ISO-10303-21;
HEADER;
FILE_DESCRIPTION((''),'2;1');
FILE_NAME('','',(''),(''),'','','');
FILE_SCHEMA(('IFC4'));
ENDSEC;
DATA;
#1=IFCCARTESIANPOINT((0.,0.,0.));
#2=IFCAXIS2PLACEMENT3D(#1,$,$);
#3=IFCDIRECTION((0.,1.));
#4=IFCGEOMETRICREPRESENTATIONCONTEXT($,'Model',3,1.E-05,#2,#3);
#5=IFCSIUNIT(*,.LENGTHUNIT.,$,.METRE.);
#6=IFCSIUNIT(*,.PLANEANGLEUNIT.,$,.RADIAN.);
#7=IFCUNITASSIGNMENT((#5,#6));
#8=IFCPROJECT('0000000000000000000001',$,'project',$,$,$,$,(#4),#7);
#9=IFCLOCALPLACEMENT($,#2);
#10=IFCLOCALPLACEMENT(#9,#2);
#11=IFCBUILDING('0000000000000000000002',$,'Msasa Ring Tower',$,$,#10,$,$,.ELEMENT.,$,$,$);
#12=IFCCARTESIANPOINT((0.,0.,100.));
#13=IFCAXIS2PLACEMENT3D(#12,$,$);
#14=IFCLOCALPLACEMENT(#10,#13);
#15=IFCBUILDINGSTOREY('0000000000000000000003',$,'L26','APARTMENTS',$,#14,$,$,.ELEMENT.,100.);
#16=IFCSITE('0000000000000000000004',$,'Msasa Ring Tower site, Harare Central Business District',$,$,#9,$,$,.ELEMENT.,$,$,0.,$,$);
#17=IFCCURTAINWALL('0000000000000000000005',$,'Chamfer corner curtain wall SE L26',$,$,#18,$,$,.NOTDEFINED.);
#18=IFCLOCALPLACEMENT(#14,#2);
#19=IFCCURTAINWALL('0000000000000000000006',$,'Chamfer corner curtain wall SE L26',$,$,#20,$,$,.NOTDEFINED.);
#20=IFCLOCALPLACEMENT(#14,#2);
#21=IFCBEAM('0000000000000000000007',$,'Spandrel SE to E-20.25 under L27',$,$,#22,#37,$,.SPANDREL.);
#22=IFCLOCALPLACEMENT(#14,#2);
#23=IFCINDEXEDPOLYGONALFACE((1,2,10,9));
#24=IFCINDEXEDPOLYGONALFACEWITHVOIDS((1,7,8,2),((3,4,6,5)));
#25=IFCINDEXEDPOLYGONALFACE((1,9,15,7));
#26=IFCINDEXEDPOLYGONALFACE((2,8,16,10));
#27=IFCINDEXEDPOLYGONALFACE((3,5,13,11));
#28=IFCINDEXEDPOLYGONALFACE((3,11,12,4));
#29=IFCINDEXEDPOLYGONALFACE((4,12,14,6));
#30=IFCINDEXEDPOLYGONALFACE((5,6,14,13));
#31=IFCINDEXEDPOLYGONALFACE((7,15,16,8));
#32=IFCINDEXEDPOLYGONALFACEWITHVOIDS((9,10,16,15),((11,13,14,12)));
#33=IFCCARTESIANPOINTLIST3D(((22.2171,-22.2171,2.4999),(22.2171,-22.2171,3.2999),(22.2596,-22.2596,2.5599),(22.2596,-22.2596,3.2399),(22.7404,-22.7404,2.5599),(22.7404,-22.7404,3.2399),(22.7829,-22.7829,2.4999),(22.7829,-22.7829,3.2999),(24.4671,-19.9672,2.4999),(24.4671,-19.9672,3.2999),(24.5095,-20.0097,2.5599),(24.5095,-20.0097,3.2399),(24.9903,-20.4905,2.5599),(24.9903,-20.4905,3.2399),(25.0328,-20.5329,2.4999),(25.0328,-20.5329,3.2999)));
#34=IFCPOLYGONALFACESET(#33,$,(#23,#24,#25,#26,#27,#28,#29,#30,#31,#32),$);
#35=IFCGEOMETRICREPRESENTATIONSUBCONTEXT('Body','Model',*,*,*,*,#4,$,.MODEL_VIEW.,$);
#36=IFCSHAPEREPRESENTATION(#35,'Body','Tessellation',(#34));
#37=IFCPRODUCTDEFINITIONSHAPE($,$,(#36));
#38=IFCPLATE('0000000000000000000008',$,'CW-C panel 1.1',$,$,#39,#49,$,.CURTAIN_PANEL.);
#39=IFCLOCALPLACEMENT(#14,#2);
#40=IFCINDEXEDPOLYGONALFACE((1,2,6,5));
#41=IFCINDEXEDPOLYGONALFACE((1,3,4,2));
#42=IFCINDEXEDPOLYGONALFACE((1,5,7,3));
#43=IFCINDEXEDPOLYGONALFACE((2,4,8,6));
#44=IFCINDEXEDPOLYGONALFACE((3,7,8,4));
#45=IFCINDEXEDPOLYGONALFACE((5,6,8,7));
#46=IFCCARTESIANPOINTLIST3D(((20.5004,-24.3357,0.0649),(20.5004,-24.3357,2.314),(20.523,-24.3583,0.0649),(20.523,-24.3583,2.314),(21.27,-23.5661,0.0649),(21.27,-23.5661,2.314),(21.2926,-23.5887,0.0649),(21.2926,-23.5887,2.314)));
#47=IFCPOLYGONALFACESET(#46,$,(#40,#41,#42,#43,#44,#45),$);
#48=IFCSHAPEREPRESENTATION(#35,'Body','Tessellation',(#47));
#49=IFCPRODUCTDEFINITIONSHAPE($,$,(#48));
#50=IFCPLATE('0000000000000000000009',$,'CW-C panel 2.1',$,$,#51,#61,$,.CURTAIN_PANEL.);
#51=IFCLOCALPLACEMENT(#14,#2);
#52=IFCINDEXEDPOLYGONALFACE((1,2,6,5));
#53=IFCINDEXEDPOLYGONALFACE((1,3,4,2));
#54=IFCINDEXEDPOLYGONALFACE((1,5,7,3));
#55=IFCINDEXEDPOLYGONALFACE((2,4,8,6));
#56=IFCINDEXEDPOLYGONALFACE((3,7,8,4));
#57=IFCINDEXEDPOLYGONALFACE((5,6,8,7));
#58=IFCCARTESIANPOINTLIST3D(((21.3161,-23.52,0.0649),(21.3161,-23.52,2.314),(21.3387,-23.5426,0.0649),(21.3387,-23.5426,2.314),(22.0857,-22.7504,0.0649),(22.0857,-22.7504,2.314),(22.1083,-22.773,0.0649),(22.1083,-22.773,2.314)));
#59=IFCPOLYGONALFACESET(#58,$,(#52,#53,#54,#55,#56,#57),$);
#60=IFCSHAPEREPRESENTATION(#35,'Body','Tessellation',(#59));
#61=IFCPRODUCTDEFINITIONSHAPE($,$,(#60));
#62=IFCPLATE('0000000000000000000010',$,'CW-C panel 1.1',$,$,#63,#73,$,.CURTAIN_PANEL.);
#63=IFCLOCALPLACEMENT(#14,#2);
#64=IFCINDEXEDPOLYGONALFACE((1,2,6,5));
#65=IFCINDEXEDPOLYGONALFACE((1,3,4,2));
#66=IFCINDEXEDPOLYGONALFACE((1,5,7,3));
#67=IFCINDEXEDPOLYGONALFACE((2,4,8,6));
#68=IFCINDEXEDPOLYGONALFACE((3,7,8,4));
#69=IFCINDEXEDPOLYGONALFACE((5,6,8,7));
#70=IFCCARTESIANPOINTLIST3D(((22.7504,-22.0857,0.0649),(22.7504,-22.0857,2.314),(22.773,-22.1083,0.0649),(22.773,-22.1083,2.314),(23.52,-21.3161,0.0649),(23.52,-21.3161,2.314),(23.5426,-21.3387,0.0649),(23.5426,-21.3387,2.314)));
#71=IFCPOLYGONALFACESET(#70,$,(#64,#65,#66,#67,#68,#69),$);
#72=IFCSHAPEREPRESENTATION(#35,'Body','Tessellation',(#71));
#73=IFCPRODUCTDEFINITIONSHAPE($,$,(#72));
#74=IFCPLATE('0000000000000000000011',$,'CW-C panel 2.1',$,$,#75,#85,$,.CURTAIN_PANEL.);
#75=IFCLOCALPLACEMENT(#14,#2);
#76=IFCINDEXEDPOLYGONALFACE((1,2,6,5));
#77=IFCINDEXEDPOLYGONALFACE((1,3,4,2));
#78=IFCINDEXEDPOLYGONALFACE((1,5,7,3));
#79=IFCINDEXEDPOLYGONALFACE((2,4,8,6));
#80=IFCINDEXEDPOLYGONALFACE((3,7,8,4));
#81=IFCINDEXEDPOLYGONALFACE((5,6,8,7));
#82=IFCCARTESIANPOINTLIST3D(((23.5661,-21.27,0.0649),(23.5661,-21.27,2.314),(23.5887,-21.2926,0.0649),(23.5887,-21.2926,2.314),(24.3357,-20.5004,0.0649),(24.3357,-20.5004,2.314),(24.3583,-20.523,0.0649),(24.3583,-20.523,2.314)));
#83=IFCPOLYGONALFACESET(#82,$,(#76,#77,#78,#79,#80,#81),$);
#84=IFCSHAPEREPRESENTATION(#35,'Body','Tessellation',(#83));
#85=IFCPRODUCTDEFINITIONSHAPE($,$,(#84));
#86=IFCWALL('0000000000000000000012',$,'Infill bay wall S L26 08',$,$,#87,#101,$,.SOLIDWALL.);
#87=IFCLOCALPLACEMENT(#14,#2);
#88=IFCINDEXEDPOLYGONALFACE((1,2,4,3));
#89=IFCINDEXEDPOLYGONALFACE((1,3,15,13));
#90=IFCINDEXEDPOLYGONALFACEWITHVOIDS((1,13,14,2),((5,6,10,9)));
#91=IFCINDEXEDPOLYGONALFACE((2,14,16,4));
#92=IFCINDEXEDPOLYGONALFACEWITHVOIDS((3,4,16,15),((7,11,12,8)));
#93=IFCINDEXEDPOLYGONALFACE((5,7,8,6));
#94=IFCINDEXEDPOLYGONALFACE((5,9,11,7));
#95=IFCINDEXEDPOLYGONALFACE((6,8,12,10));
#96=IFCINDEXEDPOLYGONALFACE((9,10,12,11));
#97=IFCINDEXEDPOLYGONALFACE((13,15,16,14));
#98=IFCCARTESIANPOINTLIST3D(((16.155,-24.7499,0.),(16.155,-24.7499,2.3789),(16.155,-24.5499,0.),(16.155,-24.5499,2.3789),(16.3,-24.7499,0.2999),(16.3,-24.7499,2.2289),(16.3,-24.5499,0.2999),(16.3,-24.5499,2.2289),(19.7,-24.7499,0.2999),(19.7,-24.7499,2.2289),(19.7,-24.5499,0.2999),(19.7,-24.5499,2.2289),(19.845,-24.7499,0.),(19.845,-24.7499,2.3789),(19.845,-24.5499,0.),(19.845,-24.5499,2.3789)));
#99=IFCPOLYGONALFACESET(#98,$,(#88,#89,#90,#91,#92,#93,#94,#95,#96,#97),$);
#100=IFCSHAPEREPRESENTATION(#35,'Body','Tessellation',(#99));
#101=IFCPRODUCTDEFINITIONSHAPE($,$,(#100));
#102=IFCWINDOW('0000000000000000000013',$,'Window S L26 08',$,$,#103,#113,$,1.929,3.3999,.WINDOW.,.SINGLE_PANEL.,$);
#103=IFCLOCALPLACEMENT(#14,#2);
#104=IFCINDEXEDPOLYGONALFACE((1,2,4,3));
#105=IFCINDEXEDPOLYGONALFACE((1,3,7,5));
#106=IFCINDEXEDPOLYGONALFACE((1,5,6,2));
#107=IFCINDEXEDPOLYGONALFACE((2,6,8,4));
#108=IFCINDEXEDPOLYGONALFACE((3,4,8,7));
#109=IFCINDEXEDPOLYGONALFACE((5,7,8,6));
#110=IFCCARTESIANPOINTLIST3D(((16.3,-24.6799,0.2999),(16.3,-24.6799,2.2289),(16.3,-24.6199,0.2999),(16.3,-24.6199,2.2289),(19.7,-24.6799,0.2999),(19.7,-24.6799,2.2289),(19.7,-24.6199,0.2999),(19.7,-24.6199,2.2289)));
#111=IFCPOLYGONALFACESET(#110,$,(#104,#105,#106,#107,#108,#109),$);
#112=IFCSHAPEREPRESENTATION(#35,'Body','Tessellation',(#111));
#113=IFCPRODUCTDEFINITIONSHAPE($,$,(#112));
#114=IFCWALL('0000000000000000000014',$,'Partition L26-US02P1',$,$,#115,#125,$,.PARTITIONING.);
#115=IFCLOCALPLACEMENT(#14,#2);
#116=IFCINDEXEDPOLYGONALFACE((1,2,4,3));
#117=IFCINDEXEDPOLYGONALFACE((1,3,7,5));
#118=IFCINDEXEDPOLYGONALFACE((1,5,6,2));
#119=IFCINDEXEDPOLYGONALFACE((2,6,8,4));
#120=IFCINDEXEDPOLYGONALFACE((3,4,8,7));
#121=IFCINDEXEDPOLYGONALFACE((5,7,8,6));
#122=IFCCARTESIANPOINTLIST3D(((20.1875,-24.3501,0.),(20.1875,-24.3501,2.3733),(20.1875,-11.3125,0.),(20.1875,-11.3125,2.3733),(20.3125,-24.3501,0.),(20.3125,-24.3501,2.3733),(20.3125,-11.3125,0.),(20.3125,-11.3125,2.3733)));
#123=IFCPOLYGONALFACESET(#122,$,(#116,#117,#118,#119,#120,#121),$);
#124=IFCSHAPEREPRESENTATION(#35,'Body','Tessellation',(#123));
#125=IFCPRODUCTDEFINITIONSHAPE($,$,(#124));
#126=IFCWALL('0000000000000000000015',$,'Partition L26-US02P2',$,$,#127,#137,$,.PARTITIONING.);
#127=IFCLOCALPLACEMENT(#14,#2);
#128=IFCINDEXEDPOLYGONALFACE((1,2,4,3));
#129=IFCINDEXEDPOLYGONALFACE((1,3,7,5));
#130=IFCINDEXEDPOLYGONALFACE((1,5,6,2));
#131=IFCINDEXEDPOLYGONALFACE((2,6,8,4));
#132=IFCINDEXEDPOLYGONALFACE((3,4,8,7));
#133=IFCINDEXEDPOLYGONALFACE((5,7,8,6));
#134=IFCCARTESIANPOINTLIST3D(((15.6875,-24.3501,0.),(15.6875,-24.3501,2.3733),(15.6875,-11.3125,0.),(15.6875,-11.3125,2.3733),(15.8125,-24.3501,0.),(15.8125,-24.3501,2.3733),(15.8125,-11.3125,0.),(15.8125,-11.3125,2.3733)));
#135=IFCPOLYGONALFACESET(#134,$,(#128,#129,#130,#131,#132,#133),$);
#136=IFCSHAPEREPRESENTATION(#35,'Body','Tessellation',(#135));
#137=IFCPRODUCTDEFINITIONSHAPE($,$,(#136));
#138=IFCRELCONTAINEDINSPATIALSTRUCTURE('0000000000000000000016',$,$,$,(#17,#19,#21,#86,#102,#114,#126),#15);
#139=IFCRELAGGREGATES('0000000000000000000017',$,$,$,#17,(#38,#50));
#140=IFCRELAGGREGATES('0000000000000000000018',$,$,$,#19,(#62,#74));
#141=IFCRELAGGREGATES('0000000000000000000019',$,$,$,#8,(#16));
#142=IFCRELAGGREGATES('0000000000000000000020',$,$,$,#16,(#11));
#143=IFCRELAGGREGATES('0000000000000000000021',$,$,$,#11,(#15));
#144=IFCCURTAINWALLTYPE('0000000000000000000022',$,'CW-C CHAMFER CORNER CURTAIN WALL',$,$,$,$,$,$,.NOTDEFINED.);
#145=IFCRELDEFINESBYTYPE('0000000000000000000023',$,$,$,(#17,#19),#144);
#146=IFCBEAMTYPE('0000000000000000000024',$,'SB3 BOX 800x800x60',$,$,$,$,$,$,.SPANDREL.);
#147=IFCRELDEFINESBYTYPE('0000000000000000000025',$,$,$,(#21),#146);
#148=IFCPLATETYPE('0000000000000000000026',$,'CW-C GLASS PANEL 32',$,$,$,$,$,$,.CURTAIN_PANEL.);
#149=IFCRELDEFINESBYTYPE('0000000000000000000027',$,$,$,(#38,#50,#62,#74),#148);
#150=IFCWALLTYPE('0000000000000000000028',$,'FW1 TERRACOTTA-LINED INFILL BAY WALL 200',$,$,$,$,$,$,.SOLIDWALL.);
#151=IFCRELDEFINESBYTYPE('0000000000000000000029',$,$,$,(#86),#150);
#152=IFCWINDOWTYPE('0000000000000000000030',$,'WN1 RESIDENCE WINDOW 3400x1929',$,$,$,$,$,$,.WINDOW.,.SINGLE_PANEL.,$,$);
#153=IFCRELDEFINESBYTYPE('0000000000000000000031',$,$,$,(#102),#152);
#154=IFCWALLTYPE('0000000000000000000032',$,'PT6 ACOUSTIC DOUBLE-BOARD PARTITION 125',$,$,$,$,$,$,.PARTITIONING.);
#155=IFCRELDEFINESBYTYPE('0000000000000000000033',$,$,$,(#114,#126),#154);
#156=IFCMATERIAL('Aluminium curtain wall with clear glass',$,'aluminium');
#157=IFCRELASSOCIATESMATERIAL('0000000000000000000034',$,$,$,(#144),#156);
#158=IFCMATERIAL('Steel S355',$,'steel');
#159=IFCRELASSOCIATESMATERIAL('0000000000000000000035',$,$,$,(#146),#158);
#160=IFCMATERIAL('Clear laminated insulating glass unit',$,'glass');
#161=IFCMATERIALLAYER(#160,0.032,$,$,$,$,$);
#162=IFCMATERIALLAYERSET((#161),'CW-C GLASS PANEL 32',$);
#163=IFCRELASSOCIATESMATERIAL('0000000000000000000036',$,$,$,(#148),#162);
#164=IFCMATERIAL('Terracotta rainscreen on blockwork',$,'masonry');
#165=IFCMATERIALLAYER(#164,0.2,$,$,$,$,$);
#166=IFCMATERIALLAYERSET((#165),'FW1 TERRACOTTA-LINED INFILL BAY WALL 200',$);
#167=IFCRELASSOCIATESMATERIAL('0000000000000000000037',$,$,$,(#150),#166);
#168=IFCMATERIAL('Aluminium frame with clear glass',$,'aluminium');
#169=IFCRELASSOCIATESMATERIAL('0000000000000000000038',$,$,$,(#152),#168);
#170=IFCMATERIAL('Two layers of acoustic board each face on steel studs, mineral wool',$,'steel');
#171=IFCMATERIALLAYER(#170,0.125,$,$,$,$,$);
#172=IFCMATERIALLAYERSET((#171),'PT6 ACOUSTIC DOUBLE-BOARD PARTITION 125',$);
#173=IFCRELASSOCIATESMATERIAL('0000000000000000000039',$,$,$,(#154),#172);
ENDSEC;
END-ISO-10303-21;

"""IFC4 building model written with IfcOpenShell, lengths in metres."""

from ifc_helpers import new_model, si_unit, direction, frame, frame_2d, origin, origin_2d, place, context, subcontext, project, spatial, rectangle, hollow_rectangle, extrude, material, layer, layer_set, material_profile, profile_set, type_object, element, fill, aggregate, save


model = new_model("IFC4")

# Units and contexts
model_context = context("Model", 3, precision=1e-05, world=origin(), true_north=direction((0.0, 1.0)))
body_context = subcontext(model_context, "Body", "Model", "MODEL_VIEW")
ifc_project = project(units=[si_unit("LENGTHUNIT", "METRE"), si_unit("PLANEANGLEUNIT", "RADIAN")], contexts=[model_context])

# Site, building, storey
site_placement = place(None, origin())
site = spatial("IfcSite", under=ifc_project, at=site_placement, Name="Msasa Ring Tower site, Harare Central Business District", CompositionType="ELEMENT", RefElevation=0.0)
building_placement = place(site_placement, origin())
building = spatial("IfcBuilding", under=site, at=building_placement, Name="Msasa Ring Tower", CompositionType="ELEMENT")
storey_placement = place(building_placement, frame((0.0, 0.0, 100.0)))
storey = spatial("IfcBuildingStorey", under=building, at=storey_placement, Name="L26", Description="APARTMENTS", CompositionType="ELEMENT", Elevation=100.0)

# Curtain walls
ifc_material_1 = material(Name="Aluminium curtain wall with clear glass", Category="aluminium")
curtain_wall_type = type_object("IfcCurtainWallType", Name="CW-C CHAMFER CORNER CURTAIN WALL", PredefinedType="NOTDEFINED", material=ifc_material_1)
curtain_wall_1_placement = place(storey_placement, origin())
curtain_wall_1 = element("IfcCurtainWall", 1, at=curtain_wall_1_placement, inside=storey, type_object=curtain_wall_type, Name="Chamfer corner curtain wall SE L26", PredefinedType="NOTDEFINED")
curtain_wall_2_placement = place(storey_placement, origin())
curtain_wall_2 = element("IfcCurtainWall", 2, at=curtain_wall_2_placement, inside=storey, type_object=curtain_wall_type, Name="Chamfer corner curtain wall SE L26", PredefinedType="NOTDEFINED")

# Beam
ifc_material_2 = material(Name="Steel S355", Category="steel")
ifc_material_profile_1 = material_profile(ifc_material_2, hollow_rectangle(XDim=0.8, YDim=0.8, WallThickness=0.0601, at=origin_2d()), Name="BOX 800x800x60")
ifc_profile_set_1 = profile_set([ifc_material_profile_1], Name="Steel S355")
beam_type_1 = type_object("IfcBeamType", Name="SB3 BOX 800x800x60", PredefinedType="SPANDREL", material=ifc_profile_set_1)
for number, where, z_axis, x_axis, name in (
    (3, (22.5, -22.5, 2.8999), (0.707107, 0.707107, 0.0), (-0.707107, 0.707107, 0.0), "Spandrel SE to E-20.25 under L27"),
):
    element("IfcBeam", number, at=place(storey_placement, frame(where, z_axis=z_axis, x_axis=x_axis)), inside=storey, type_object=beam_type_1, Name=name, PredefinedType="SPANDREL", context=body_context, shape_type="SweptSolid", body=[
        extrude(hollow_rectangle(XDim=0.8, YDim=0.8, WallThickness=0.0601, at=origin_2d()), origin(), (0.0, 0.0, 1.0), 3.1819),
    ])

# Plates
ifc_material_3 = material(Name="Clear laminated insulating glass unit", Category="glass")
ifc_layer_1 = layer(ifc_material_3, 0.032)
ifc_layer_set_1 = layer_set([ifc_layer_1], Name="CW-C GLASS PANEL 32")
plate_type = type_object("IfcPlateType", Name="CW-C GLASS PANEL 32", PredefinedType="CURTAIN_PANEL", material=ifc_layer_set_1)
plate_1_placement = place(storey_placement, frame((20.8965, -23.9622, 0.0649), z_axis=(0.0, 0.0, 1.0), x_axis=(0.707107, 0.707107, 0.0)))
plate_1 = element("IfcPlate", 4, at=plate_1_placement, type_object=plate_type, Name="CW-C panel 1.1", PredefinedType="CURTAIN_PANEL", context=body_context, shape_type="SweptSolid", body=[
    extrude(rectangle(XDim=1.0884, YDim=0.032, at=origin_2d()), origin(), (0.0, 0.0, 1.0), 2.249),
])
plate_2_placement = place(storey_placement, frame((21.7122, -23.1465, 0.0649), z_axis=(0.0, 0.0, 1.0), x_axis=(0.707107, 0.707107, 0.0)))
plate_2 = element("IfcPlate", 5, at=plate_2_placement, type_object=plate_type, Name="CW-C panel 2.1", PredefinedType="CURTAIN_PANEL", context=body_context, shape_type="SweptSolid", body=[
    extrude(rectangle(XDim=1.0884, YDim=0.032, at=origin_2d()), origin(), (0.0, 0.0, 1.0), 2.249),
])
aggregate(curtain_wall_1, [plate_1, plate_2])
plate_3_placement = place(storey_placement, frame((23.1465, -21.7122, 0.0649), z_axis=(0.0, 0.0, 1.0), x_axis=(0.707107, 0.707107, 0.0)))
plate_3 = element("IfcPlate", 6, at=plate_3_placement, type_object=plate_type, Name="CW-C panel 1.1", PredefinedType="CURTAIN_PANEL", context=body_context, shape_type="SweptSolid", body=[
    extrude(rectangle(XDim=1.0884, YDim=0.032, at=origin_2d()), origin(), (0.0, 0.0, 1.0), 2.249),
])
plate_4_placement = place(storey_placement, frame((23.9622, -20.8965, 0.0649), z_axis=(0.0, 0.0, 1.0), x_axis=(0.707107, 0.707107, 0.0)))
plate_4 = element("IfcPlate", 7, at=plate_4_placement, type_object=plate_type, Name="CW-C panel 2.1", PredefinedType="CURTAIN_PANEL", context=body_context, shape_type="SweptSolid", body=[
    extrude(rectangle(XDim=1.0884, YDim=0.032, at=origin_2d()), origin(), (0.0, 0.0, 1.0), 2.249),
])
aggregate(curtain_wall_2, [plate_3, plate_4])

# Wall, opening, window
ifc_material_4 = material(Name="Terracotta rainscreen on blockwork", Category="masonry")
ifc_layer_2 = layer(ifc_material_4, 0.2)
ifc_layer_set_2 = layer_set([ifc_layer_2], Name="FW1 TERRACOTTA-LINED INFILL BAY WALL 200")
wall_type_1 = type_object("IfcWallType", Name="FW1 TERRACOTTA-LINED INFILL BAY WALL 200", PredefinedType="SOLIDWALL", material=ifc_layer_set_2)
wall_placement = place(storey_placement, frame((16.155, -24.6499, 0.0), z_axis=(0.0, 0.0, 1.0), x_axis=(1.0, 0.0, 0.0)))
wall = element("IfcWall", 8, at=wall_placement, inside=storey, type_object=wall_type_1, Name="Infill bay wall S L26 08", PredefinedType="SOLIDWALL", context=body_context, shape_type="SweptSolid", body=[
    extrude(rectangle(XDim=3.6899, YDim=0.2, at=frame_2d((1.845, 0.0))), origin(), (0.0, 0.0, 1.0), 2.3789),
])
opening_placement = place(wall_placement, frame((0.145, 0.0, 0.3)))
opening = element("IfcOpeningElement", 9, at=opening_placement, cuts=wall, PredefinedType="OPENING", context=body_context, shape_type="SweptSolid", body=[
    extrude(rectangle(XDim=3.3999, YDim=1.929, at=frame_2d((1.7, 0.9644))), frame((0.0, 0.1099, 0.0), z_axis=(0.0, -1.0, 0.0), x_axis=(1.0, 0.0, 0.0)), (0.0, 0.0, 1.0), 0.22),
])
ifc_material_5 = material(Name="Aluminium frame with clear glass", Category="aluminium")
window_type = type_object("IfcWindowType", Name="WN1 RESIDENCE WINDOW 3400x1929", PartitioningType="SINGLE_PANEL", PredefinedType="WINDOW", material=ifc_material_5)
window_placement = place(opening_placement, origin())
window = element("IfcWindow", 10, at=window_placement, inside=storey, type_object=window_type, Name="Window S L26 08", OverallHeight=1.929, OverallWidth=3.3999, PartitioningType="SINGLE_PANEL", PredefinedType="WINDOW", context=body_context, shape_type="SweptSolid", body=[
    extrude(rectangle(XDim=3.3999, YDim=1.929, at=frame_2d((1.7, 0.9644))), frame((0.0, 0.03, 0.0), z_axis=(0.0, -1.0, 0.0), x_axis=(1.0, 0.0, 0.0)), (0.0, 0.0, 1.0), 0.0601),
])
fill(opening, window)

# Walls
ifc_material_6 = material(Name="Two layers of acoustic board each face on steel studs, mineral wool", Category="steel")
ifc_layer_3 = layer(ifc_material_6, 0.125)
ifc_layer_set_3 = layer_set([ifc_layer_3], Name="PT6 ACOUSTIC DOUBLE-BOARD PARTITION 125")
wall_type_2 = type_object("IfcWallType", Name="PT6 ACOUSTIC DOUBLE-BOARD PARTITION 125", PredefinedType="PARTITIONING", material=ifc_layer_set_3)
for number, where, z_axis, x_axis, name in (
    (11, (20.25, -24.3501, 0.0), (0.0, 0.0, 1.0), (0.0, 1.0, 0.0), "Partition L26-US02P1"),
    (12, (15.75, -24.3501, 0.0), (0.0, 0.0, 1.0), (0.0, 1.0, 0.0), "Partition L26-US02P2"),
):
    element("IfcWall", number, at=place(storey_placement, frame(where, z_axis=z_axis, x_axis=x_axis)), inside=storey, type_object=wall_type_2, Name=name, PredefinedType="PARTITIONING", context=body_context, shape_type="SweptSolid", body=[
        extrude(rectangle(XDim=13.0376, YDim=0.125, at=frame_2d((6.5188, 0.0))), origin(), (0.0, 0.0, 1.0), 2.3733),
    ])

save(model, "model.ifc")
